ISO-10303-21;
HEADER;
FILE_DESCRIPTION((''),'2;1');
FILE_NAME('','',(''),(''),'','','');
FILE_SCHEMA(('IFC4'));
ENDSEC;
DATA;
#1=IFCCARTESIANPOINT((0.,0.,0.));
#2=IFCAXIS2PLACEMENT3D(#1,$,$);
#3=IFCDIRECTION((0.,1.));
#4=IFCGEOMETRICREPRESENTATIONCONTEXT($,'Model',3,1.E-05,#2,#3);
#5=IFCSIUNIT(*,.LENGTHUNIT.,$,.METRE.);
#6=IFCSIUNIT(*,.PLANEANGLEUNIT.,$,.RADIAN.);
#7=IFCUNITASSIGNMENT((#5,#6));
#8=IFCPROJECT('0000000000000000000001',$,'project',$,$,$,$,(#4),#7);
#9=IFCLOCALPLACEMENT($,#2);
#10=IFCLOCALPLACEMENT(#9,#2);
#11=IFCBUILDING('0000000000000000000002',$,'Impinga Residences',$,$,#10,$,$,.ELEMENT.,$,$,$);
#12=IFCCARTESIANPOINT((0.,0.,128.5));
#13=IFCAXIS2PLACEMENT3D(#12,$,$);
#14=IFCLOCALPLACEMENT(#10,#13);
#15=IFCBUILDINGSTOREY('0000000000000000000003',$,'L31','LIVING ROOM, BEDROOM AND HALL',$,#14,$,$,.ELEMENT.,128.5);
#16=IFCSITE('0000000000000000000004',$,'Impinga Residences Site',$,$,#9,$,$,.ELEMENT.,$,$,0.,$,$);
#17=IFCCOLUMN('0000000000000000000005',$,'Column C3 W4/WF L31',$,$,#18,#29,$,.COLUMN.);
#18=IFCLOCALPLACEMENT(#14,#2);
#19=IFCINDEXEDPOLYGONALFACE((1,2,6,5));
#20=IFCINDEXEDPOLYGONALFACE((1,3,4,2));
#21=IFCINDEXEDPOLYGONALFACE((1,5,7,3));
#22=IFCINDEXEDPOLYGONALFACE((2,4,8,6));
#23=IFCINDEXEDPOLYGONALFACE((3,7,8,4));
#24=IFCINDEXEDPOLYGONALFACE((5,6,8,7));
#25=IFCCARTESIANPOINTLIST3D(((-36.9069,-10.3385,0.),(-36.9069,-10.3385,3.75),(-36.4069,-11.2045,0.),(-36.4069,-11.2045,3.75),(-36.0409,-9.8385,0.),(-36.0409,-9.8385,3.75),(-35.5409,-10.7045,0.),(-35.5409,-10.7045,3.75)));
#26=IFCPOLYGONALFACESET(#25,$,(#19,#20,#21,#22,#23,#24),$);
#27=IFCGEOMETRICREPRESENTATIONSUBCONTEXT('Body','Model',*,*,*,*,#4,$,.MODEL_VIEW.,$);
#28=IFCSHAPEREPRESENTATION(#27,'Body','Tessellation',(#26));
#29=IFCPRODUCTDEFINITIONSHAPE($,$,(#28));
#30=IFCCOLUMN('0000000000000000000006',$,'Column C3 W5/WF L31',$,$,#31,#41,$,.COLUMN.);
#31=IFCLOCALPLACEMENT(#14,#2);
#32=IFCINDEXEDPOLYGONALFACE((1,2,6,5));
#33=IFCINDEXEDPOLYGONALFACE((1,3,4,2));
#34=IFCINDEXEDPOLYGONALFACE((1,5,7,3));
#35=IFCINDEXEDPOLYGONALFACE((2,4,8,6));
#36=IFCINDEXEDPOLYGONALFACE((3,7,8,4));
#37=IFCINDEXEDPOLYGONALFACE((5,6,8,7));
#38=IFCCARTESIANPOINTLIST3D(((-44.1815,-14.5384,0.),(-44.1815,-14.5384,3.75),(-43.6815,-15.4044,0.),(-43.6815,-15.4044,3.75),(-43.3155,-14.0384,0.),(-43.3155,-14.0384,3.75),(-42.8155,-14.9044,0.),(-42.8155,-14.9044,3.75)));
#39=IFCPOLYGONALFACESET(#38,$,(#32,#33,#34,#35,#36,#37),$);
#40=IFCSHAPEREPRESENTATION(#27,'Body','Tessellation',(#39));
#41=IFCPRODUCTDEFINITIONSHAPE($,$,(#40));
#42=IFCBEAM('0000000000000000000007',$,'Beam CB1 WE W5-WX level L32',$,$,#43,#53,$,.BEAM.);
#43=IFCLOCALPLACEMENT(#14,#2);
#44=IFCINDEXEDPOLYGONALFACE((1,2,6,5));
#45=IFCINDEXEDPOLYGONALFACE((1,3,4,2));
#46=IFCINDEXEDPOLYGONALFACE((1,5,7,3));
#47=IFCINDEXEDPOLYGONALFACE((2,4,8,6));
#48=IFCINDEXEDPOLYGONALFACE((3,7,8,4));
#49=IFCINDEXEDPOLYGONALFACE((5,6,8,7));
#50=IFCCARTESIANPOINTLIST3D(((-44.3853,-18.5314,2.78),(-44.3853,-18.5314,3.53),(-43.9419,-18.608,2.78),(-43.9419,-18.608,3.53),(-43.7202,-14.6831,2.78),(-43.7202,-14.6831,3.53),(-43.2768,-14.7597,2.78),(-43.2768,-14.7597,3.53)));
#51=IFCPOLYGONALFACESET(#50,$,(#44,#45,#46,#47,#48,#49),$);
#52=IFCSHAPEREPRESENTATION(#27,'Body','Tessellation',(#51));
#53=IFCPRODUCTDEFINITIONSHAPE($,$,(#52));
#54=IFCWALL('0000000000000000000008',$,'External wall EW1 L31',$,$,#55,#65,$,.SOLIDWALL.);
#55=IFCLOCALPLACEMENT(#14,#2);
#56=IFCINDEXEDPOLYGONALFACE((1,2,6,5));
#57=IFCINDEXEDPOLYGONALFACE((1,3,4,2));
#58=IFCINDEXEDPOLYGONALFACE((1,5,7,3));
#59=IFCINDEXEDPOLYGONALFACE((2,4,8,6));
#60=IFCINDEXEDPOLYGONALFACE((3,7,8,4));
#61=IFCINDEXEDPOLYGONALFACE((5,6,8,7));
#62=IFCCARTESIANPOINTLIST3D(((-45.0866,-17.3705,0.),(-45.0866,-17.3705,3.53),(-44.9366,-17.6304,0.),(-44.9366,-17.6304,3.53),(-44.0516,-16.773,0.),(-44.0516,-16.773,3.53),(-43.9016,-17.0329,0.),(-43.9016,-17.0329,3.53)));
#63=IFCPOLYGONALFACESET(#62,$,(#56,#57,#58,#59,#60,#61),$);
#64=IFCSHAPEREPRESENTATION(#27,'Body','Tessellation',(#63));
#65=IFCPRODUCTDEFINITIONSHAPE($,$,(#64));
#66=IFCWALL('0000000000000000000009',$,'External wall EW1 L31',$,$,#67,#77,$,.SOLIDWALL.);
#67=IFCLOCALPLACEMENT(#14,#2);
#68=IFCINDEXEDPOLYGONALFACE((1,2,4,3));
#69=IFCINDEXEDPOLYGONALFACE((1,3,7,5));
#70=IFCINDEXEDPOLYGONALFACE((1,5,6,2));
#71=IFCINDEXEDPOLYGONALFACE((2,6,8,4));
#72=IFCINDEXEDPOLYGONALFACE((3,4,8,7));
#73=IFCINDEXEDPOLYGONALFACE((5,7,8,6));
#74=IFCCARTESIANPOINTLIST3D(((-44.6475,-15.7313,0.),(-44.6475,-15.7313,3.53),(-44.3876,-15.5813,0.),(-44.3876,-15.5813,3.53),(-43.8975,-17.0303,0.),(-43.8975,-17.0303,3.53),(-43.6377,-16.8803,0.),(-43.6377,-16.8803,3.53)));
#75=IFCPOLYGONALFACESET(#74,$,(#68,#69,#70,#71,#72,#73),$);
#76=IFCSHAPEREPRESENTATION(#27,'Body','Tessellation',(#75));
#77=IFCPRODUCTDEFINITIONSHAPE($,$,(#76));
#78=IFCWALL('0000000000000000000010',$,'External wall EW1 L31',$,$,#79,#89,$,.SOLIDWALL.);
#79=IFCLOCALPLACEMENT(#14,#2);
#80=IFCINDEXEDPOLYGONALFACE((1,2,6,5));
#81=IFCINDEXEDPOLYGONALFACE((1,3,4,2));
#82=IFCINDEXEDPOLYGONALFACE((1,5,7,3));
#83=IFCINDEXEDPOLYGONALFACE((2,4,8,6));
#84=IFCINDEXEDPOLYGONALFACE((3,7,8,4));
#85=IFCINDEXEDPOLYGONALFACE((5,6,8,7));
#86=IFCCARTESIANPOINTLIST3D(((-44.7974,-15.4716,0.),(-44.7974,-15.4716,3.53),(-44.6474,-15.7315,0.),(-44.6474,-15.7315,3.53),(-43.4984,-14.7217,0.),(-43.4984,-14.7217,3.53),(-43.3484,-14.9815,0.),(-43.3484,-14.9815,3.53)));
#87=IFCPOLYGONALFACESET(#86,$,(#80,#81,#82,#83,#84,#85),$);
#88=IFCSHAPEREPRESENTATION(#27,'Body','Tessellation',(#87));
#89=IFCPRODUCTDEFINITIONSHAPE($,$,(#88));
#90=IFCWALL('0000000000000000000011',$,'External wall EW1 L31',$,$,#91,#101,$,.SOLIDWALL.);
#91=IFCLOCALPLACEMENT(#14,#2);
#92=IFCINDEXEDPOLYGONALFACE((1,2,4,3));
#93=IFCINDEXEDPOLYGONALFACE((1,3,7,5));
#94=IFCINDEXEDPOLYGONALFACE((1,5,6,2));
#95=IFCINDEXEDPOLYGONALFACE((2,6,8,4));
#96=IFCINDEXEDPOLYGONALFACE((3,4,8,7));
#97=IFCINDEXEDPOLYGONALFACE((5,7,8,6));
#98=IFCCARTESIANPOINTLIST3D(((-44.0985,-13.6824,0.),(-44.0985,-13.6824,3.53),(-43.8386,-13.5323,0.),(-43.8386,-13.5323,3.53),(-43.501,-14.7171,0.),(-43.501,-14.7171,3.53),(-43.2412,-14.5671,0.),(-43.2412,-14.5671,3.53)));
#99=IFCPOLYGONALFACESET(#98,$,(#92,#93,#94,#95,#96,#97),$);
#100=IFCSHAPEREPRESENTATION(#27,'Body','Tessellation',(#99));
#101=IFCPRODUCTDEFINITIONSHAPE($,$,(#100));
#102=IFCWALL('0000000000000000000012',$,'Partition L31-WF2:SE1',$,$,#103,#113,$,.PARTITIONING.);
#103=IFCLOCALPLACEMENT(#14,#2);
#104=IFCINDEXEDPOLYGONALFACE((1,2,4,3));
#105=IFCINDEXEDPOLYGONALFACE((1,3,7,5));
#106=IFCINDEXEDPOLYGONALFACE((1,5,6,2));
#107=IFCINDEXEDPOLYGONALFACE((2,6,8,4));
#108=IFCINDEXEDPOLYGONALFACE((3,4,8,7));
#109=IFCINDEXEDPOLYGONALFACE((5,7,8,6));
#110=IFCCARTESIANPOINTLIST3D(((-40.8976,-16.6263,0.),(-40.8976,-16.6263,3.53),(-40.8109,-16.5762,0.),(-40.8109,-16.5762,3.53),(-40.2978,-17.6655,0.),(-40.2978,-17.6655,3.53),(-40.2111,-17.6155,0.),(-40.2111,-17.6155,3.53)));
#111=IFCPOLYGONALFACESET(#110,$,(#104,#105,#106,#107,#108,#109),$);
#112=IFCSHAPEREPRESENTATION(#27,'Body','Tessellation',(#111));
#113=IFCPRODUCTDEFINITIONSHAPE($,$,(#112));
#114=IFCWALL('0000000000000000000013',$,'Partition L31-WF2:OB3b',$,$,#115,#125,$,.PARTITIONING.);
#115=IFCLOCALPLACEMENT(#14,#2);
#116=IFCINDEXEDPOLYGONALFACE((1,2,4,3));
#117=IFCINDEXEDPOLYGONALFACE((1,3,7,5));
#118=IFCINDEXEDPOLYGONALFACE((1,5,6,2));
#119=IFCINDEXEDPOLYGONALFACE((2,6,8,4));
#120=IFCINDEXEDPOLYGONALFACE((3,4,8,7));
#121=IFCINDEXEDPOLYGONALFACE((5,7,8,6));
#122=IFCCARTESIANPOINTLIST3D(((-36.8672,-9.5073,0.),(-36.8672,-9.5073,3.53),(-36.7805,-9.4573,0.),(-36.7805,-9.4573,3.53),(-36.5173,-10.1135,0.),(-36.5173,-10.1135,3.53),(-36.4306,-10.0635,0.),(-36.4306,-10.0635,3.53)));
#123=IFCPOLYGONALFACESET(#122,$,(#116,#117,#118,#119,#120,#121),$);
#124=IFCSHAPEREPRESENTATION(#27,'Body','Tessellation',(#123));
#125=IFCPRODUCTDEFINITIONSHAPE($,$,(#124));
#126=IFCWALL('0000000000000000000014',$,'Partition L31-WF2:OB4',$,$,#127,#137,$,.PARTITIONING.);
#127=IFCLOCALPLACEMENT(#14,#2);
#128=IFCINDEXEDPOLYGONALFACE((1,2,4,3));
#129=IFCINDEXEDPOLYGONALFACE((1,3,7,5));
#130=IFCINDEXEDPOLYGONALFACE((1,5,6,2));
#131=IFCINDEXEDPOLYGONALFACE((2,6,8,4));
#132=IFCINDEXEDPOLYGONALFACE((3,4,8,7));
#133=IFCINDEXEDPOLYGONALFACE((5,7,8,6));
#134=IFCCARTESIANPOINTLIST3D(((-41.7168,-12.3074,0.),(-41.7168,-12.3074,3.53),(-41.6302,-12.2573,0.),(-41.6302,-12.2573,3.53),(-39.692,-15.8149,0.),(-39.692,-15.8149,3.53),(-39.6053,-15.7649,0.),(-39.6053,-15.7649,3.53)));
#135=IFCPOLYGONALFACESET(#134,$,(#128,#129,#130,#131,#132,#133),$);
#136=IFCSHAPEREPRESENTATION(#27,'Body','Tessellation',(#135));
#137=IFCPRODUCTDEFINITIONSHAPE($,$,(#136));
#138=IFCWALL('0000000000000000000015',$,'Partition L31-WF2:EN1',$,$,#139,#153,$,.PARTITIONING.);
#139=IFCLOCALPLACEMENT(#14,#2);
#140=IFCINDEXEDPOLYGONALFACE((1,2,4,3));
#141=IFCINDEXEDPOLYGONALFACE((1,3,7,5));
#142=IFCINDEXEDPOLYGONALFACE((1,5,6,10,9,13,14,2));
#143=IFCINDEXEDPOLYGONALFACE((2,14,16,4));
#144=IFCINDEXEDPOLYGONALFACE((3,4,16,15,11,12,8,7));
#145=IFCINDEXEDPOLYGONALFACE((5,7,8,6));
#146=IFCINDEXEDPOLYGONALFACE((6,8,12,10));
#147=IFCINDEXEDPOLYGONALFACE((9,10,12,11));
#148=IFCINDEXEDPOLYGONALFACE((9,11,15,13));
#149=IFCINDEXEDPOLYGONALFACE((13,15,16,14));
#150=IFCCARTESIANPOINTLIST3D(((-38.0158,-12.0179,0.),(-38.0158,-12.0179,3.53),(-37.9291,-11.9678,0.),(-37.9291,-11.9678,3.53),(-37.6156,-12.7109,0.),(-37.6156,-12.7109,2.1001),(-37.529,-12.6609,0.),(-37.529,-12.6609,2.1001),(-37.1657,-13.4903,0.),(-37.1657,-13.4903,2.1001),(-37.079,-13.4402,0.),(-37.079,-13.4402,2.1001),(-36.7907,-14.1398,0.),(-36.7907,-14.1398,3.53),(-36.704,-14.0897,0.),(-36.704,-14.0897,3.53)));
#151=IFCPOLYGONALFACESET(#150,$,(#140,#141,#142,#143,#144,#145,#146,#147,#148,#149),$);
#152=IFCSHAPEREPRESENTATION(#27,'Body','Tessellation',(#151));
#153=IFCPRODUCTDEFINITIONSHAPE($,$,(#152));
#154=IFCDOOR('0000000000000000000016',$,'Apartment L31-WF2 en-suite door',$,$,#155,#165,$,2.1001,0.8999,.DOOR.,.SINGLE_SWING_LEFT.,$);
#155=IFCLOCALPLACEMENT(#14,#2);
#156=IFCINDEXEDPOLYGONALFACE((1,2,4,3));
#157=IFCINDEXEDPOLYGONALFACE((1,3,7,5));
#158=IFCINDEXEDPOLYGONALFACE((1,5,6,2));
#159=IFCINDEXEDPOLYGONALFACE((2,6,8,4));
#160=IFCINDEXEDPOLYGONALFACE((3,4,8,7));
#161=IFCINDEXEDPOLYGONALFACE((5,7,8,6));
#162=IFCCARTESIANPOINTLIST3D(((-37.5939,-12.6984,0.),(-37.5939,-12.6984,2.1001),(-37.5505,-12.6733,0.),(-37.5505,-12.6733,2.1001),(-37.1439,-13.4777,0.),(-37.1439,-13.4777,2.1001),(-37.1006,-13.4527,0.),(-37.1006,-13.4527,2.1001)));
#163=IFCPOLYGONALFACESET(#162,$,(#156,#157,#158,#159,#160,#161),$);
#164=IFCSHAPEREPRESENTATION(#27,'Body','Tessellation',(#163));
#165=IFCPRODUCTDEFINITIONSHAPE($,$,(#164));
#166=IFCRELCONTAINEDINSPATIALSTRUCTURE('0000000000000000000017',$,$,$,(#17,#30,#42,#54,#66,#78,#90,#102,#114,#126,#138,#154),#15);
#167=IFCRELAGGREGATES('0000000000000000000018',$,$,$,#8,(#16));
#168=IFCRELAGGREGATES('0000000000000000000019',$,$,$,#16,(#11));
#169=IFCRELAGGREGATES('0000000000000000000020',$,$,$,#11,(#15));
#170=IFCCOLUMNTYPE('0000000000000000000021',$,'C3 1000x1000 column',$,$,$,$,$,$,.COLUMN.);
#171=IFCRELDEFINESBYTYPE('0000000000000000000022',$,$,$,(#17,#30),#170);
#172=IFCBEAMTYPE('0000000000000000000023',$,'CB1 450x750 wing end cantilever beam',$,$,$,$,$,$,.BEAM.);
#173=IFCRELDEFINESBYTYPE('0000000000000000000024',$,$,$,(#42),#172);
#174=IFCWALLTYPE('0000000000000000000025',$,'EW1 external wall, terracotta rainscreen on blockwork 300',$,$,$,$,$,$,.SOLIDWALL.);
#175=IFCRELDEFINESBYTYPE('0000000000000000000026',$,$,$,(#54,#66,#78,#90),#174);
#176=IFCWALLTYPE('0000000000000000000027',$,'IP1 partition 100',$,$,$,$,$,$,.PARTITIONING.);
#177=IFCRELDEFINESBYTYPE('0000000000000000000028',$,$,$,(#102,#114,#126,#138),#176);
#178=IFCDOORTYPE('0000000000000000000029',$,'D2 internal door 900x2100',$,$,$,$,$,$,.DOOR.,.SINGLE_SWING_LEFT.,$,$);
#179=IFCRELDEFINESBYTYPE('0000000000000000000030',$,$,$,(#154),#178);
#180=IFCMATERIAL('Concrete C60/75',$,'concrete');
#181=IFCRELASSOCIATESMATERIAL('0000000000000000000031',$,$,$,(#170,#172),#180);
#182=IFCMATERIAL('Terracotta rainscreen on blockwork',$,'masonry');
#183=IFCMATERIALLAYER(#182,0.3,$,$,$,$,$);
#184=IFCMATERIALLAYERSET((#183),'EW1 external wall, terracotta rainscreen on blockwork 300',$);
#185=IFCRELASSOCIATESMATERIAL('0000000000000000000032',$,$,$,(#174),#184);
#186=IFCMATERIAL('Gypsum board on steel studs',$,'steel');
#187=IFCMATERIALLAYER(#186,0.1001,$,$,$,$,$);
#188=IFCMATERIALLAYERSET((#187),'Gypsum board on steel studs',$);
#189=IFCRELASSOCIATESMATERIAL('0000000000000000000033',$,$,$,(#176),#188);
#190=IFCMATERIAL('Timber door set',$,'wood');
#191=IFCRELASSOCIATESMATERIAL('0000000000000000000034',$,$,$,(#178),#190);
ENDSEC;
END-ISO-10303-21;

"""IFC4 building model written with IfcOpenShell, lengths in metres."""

from ifc_helpers import new_model, si_unit, direction, frame, frame_2d, origin, origin_2d, place, context, subcontext, project, spatial, rectangle, extrude, material, layer, layer_set, material_profile, profile_set, type_object, element, fill, save


model = new_model("IFC4")

# Units and contexts
model_context = context("Model", 3, precision=1e-05, world=origin(), true_north=direction((0.0, 1.0)))
body_context = subcontext(model_context, "Body", "Model", "MODEL_VIEW")
ifc_project = project(units=[si_unit("LENGTHUNIT", "METRE"), si_unit("PLANEANGLEUNIT", "RADIAN")], contexts=[model_context])

# Site, building, storey
site_placement = place(None, origin())
site = spatial("IfcSite", under=ifc_project, at=site_placement, Name="Impinga Residences Site", CompositionType="ELEMENT", RefElevation=0.0)
building_placement = place(site_placement, origin())
building = spatial("IfcBuilding", under=site, at=building_placement, Name="Impinga Residences", CompositionType="ELEMENT")
storey_placement = place(building_placement, frame((0.0, 0.0, 128.5)))
storey = spatial("IfcBuildingStorey", under=building, at=storey_placement, Name="L31", Description="LIVING ROOM, BEDROOM AND HALL", CompositionType="ELEMENT", Elevation=128.5)

# Columns
ifc_material_1 = material(Name="Concrete C60/75", Category="concrete")
ifc_material_profile_1 = material_profile(ifc_material_1, rectangle(XDim=1.0, YDim=1.0, at=origin_2d()), Name="RC 1000x1000")
ifc_profile_set_1 = profile_set([ifc_material_profile_1], Name="Concrete C60/75")
column_type = type_object("IfcColumnType", Name="C3 1000x1000 column", PredefinedType="COLUMN", material=ifc_profile_set_1)
for number, where, z_axis, x_axis, name in (
    (1, (-36.2239, -10.5215, 0.0), (0.0, 0.0, 1.0), (-0.5, 0.866025, 0.0), "Column C3 W4/WF L31"),
    (2, (-43.4985, -14.7214, 0.0), (0.0, 0.0, 1.0), (-0.5, 0.866025, 0.0), "Column C3 W5/WF L31"),
):
    element("IfcColumn", number, at=place(storey_placement, frame(where, z_axis=z_axis, x_axis=x_axis)), inside=storey, type_object=column_type, Name=name, PredefinedType="COLUMN", context=body_context, shape_type="SweptSolid", body=[
        extrude(rectangle(XDim=1.0, YDim=1.0, at=origin_2d()), origin(), (0.0, 0.0, 1.0), 3.75),
    ])

# Beam
ifc_material_profile_2 = material_profile(ifc_material_1, rectangle(XDim=0.45, YDim=0.75, at=origin_2d()), Name="RC 450x750")
ifc_profile_set_2 = profile_set([ifc_material_profile_2], Name="Concrete C60/75")
beam_type = type_object("IfcBeamType", Name="CB1 450x750 wing end cantilever beam", PredefinedType="BEAM", material=ifc_profile_set_2)
beam_placement = place(storey_placement, frame((-43.4985, -14.7214, 3.155), z_axis=(-0.170296, -0.985393, 0.0), x_axis=(0.985393, -0.170296, 0.0)))
element("IfcBeam", 3, at=beam_placement, inside=storey, type_object=beam_type, Name="Beam CB1 WE W5-WX level L32", PredefinedType="BEAM", context=body_context, shape_type="SweptSolid", body=[
    extrude(rectangle(XDim=0.45, YDim=0.75, at=origin_2d()), origin(), (0.0, 0.0, 1.0), 3.9053),
])

# Walls
ifc_material_2 = material(Name="Terracotta rainscreen on blockwork", Category="masonry")
ifc_layer_1 = layer(ifc_material_2, 0.3)
ifc_layer_set_1 = layer_set([ifc_layer_1], Name="EW1 external wall, terracotta rainscreen on blockwork 300")
wall_type_1 = type_object("IfcWallType", Name="EW1 external wall, terracotta rainscreen on blockwork 300", PredefinedType="SOLIDWALL", material=ifc_layer_set_1)
wall_1_placement = place(storey_placement, frame((-45.0117, -17.5005, 0.0), z_axis=(0.0, 0.0, 1.0), x_axis=(0.86606, 0.499941, 0.0)))
element("IfcWall", 4, at=wall_1_placement, inside=storey, type_object=wall_type_1, Name="External wall EW1 L31", PredefinedType="SOLIDWALL", context=body_context, shape_type="SweptSolid", body=[
    extrude(rectangle(XDim=1.1951, YDim=0.3, at=frame_2d((0.5977, 0.0))), origin(), (0.0, 0.0, 1.0), 3.53),
])
for number, where, z_axis, x_axis, name in (
    (5, (-43.7676, -16.9553, 0.0), (0.0, 0.0, 1.0), (-0.49999, 0.866031, 0.0), "External wall EW1 L31"),
    (6, (-44.7224, -15.6016, 0.0), (0.0, 0.0, 1.0), (0.866031, 0.49999, 0.0), "External wall EW1 L31"),
):
    element("IfcWall", number, at=place(storey_placement, frame(where, z_axis=z_axis, x_axis=x_axis)), inside=storey, type_object=wall_type_1, Name=name, PredefinedType="SOLIDWALL", context=body_context, shape_type="SweptSolid", body=[
        extrude(rectangle(XDim=1.5, YDim=0.3, at=frame_2d((0.75, 0.0))), origin(), (0.0, 0.0, 1.0), 3.53),
    ])
wall_2_placement = place(storey_placement, frame((-43.3711, -14.6421, 0.0), z_axis=(0.0, 0.0, 1.0), x_axis=(-0.500029, 0.866009, 0.0)))
element("IfcWall", 7, at=wall_2_placement, inside=storey, type_object=wall_type_1, Name="External wall EW1 L31", PredefinedType="SOLIDWALL", context=body_context, shape_type="SweptSolid", body=[
    extrude(rectangle(XDim=1.1948, YDim=0.3, at=frame_2d((0.5974, 0.0))), origin(), (0.0, 0.0, 1.0), 3.53),
])

# Walls
ifc_material_3 = material(Name="Gypsum board on steel studs", Category="steel")
ifc_layer_2 = layer(ifc_material_3, 0.1001)
ifc_layer_set_2 = layer_set([ifc_layer_2], Name="Gypsum board on steel studs")
wall_type_2 = type_object("IfcWallType", Name="IP1 partition 100", PredefinedType="PARTITIONING", material=ifc_layer_set_2)
wall_3_placement = place(storey_placement, frame((-40.2544, -17.6406, 0.0), z_axis=(0.0, 0.0, 1.0), x_axis=(-0.499881, 0.866094, 0.0)))
element("IfcWall", 8, at=wall_3_placement, inside=storey, type_object=wall_type_2, Name="Partition L31-WF2:SE1", PredefinedType="PARTITIONING", context=body_context, shape_type="SweptSolid", body=[
    extrude(rectangle(XDim=1.2, YDim=0.1001, at=frame_2d((0.6001, 0.0))), origin(), (0.0, 0.0, 1.0), 3.53),
])
wall_4_placement = place(storey_placement, frame((-36.4739, -10.0886, 0.0), z_axis=(0.0, 0.0, 1.0), x_axis=(-0.499853, 0.86611, 0.0)))
element("IfcWall", 9, at=wall_4_placement, inside=storey, type_object=wall_type_2, Name="Partition L31-WF2:OB3b", PredefinedType="PARTITIONING", context=body_context, shape_type="SweptSolid", body=[
    extrude(rectangle(XDim=0.7, YDim=0.1001, at=frame_2d((0.3501, 0.0))), origin(), (0.0, 0.0, 1.0), 3.53),
])
wall_5_placement = place(storey_placement, frame((-39.6487, -15.7898, 0.0), z_axis=(0.0, 0.0, 1.0), x_axis=(-0.499964, 0.866046, 0.0)))
element("IfcWall", 10, at=wall_5_placement, inside=storey, type_object=wall_type_2, Name="Partition L31-WF2:OB4", PredefinedType="PARTITIONING", context=body_context, shape_type="SweptSolid", body=[
    extrude(rectangle(XDim=4.05, YDim=0.1001, at=frame_2d((2.0249, 0.0))), origin(), (0.0, 0.0, 1.0), 3.53),
])

# Wall, opening, door
wall_6_placement = place(storey_placement, frame((-36.7473, -14.1147, 0.0), z_axis=(0.0, 0.0, 1.0), x_axis=(-0.500019, 0.866015, 0.0)))
wall_6 = element("IfcWall", 11, at=wall_6_placement, inside=storey, type_object=wall_type_2, Name="Partition L31-WF2:EN1", PredefinedType="PARTITIONING", context=body_context, shape_type="SweptSolid", body=[
    extrude(rectangle(XDim=2.4502, YDim=0.1001, at=frame_2d((1.2251, 0.0))), origin(), (0.0, 0.0, 1.0), 3.53),
])
opening_1_placement = place(wall_6_placement, frame((0.75, 0.0, 0.0)))
opening_1 = element("IfcOpeningElement", 12, at=opening_1_placement, cuts=wall_6, PredefinedType="OPENING", context=body_context, shape_type="SweptSolid", body=[
    extrude(rectangle(XDim=0.8999, YDim=2.1001, at=frame_2d((0.45, 1.05))), frame((0.0, 0.0601, 0.0), z_axis=(0.0, -1.0, 0.0), x_axis=(1.0, 0.0, 0.0)), (0.0, 0.0, 1.0), 0.1201),
])
ifc_material_4 = material(Name="Timber door set", Category="wood")
door_type = type_object("IfcDoorType", Name="D2 internal door 900x2100", OperationType="SINGLE_SWING_LEFT", PredefinedType="DOOR", material=ifc_material_4)
door_placement = place(opening_1_placement, origin())
door = element("IfcDoor", 13, at=door_placement, inside=storey, type_object=door_type, Name="Apartment L31-WF2 en-suite door", OperationType="SINGLE_SWING_LEFT", OverallHeight=2.1001, OverallWidth=0.8999, PredefinedType="DOOR", context=body_context, shape_type="SweptSolid", body=[
    extrude(rectangle(XDim=0.8999, YDim=2.1001, at=frame_2d((0.45, 1.05))), frame((0.0, 0.0249, 0.0), z_axis=(0.0, -1.0, 0.0), x_axis=(1.0, 0.0, 0.0)), (0.0, 0.0, 1.0), 0.05),
])
fill(opening_1, door)

save(model, "model.ifc")
